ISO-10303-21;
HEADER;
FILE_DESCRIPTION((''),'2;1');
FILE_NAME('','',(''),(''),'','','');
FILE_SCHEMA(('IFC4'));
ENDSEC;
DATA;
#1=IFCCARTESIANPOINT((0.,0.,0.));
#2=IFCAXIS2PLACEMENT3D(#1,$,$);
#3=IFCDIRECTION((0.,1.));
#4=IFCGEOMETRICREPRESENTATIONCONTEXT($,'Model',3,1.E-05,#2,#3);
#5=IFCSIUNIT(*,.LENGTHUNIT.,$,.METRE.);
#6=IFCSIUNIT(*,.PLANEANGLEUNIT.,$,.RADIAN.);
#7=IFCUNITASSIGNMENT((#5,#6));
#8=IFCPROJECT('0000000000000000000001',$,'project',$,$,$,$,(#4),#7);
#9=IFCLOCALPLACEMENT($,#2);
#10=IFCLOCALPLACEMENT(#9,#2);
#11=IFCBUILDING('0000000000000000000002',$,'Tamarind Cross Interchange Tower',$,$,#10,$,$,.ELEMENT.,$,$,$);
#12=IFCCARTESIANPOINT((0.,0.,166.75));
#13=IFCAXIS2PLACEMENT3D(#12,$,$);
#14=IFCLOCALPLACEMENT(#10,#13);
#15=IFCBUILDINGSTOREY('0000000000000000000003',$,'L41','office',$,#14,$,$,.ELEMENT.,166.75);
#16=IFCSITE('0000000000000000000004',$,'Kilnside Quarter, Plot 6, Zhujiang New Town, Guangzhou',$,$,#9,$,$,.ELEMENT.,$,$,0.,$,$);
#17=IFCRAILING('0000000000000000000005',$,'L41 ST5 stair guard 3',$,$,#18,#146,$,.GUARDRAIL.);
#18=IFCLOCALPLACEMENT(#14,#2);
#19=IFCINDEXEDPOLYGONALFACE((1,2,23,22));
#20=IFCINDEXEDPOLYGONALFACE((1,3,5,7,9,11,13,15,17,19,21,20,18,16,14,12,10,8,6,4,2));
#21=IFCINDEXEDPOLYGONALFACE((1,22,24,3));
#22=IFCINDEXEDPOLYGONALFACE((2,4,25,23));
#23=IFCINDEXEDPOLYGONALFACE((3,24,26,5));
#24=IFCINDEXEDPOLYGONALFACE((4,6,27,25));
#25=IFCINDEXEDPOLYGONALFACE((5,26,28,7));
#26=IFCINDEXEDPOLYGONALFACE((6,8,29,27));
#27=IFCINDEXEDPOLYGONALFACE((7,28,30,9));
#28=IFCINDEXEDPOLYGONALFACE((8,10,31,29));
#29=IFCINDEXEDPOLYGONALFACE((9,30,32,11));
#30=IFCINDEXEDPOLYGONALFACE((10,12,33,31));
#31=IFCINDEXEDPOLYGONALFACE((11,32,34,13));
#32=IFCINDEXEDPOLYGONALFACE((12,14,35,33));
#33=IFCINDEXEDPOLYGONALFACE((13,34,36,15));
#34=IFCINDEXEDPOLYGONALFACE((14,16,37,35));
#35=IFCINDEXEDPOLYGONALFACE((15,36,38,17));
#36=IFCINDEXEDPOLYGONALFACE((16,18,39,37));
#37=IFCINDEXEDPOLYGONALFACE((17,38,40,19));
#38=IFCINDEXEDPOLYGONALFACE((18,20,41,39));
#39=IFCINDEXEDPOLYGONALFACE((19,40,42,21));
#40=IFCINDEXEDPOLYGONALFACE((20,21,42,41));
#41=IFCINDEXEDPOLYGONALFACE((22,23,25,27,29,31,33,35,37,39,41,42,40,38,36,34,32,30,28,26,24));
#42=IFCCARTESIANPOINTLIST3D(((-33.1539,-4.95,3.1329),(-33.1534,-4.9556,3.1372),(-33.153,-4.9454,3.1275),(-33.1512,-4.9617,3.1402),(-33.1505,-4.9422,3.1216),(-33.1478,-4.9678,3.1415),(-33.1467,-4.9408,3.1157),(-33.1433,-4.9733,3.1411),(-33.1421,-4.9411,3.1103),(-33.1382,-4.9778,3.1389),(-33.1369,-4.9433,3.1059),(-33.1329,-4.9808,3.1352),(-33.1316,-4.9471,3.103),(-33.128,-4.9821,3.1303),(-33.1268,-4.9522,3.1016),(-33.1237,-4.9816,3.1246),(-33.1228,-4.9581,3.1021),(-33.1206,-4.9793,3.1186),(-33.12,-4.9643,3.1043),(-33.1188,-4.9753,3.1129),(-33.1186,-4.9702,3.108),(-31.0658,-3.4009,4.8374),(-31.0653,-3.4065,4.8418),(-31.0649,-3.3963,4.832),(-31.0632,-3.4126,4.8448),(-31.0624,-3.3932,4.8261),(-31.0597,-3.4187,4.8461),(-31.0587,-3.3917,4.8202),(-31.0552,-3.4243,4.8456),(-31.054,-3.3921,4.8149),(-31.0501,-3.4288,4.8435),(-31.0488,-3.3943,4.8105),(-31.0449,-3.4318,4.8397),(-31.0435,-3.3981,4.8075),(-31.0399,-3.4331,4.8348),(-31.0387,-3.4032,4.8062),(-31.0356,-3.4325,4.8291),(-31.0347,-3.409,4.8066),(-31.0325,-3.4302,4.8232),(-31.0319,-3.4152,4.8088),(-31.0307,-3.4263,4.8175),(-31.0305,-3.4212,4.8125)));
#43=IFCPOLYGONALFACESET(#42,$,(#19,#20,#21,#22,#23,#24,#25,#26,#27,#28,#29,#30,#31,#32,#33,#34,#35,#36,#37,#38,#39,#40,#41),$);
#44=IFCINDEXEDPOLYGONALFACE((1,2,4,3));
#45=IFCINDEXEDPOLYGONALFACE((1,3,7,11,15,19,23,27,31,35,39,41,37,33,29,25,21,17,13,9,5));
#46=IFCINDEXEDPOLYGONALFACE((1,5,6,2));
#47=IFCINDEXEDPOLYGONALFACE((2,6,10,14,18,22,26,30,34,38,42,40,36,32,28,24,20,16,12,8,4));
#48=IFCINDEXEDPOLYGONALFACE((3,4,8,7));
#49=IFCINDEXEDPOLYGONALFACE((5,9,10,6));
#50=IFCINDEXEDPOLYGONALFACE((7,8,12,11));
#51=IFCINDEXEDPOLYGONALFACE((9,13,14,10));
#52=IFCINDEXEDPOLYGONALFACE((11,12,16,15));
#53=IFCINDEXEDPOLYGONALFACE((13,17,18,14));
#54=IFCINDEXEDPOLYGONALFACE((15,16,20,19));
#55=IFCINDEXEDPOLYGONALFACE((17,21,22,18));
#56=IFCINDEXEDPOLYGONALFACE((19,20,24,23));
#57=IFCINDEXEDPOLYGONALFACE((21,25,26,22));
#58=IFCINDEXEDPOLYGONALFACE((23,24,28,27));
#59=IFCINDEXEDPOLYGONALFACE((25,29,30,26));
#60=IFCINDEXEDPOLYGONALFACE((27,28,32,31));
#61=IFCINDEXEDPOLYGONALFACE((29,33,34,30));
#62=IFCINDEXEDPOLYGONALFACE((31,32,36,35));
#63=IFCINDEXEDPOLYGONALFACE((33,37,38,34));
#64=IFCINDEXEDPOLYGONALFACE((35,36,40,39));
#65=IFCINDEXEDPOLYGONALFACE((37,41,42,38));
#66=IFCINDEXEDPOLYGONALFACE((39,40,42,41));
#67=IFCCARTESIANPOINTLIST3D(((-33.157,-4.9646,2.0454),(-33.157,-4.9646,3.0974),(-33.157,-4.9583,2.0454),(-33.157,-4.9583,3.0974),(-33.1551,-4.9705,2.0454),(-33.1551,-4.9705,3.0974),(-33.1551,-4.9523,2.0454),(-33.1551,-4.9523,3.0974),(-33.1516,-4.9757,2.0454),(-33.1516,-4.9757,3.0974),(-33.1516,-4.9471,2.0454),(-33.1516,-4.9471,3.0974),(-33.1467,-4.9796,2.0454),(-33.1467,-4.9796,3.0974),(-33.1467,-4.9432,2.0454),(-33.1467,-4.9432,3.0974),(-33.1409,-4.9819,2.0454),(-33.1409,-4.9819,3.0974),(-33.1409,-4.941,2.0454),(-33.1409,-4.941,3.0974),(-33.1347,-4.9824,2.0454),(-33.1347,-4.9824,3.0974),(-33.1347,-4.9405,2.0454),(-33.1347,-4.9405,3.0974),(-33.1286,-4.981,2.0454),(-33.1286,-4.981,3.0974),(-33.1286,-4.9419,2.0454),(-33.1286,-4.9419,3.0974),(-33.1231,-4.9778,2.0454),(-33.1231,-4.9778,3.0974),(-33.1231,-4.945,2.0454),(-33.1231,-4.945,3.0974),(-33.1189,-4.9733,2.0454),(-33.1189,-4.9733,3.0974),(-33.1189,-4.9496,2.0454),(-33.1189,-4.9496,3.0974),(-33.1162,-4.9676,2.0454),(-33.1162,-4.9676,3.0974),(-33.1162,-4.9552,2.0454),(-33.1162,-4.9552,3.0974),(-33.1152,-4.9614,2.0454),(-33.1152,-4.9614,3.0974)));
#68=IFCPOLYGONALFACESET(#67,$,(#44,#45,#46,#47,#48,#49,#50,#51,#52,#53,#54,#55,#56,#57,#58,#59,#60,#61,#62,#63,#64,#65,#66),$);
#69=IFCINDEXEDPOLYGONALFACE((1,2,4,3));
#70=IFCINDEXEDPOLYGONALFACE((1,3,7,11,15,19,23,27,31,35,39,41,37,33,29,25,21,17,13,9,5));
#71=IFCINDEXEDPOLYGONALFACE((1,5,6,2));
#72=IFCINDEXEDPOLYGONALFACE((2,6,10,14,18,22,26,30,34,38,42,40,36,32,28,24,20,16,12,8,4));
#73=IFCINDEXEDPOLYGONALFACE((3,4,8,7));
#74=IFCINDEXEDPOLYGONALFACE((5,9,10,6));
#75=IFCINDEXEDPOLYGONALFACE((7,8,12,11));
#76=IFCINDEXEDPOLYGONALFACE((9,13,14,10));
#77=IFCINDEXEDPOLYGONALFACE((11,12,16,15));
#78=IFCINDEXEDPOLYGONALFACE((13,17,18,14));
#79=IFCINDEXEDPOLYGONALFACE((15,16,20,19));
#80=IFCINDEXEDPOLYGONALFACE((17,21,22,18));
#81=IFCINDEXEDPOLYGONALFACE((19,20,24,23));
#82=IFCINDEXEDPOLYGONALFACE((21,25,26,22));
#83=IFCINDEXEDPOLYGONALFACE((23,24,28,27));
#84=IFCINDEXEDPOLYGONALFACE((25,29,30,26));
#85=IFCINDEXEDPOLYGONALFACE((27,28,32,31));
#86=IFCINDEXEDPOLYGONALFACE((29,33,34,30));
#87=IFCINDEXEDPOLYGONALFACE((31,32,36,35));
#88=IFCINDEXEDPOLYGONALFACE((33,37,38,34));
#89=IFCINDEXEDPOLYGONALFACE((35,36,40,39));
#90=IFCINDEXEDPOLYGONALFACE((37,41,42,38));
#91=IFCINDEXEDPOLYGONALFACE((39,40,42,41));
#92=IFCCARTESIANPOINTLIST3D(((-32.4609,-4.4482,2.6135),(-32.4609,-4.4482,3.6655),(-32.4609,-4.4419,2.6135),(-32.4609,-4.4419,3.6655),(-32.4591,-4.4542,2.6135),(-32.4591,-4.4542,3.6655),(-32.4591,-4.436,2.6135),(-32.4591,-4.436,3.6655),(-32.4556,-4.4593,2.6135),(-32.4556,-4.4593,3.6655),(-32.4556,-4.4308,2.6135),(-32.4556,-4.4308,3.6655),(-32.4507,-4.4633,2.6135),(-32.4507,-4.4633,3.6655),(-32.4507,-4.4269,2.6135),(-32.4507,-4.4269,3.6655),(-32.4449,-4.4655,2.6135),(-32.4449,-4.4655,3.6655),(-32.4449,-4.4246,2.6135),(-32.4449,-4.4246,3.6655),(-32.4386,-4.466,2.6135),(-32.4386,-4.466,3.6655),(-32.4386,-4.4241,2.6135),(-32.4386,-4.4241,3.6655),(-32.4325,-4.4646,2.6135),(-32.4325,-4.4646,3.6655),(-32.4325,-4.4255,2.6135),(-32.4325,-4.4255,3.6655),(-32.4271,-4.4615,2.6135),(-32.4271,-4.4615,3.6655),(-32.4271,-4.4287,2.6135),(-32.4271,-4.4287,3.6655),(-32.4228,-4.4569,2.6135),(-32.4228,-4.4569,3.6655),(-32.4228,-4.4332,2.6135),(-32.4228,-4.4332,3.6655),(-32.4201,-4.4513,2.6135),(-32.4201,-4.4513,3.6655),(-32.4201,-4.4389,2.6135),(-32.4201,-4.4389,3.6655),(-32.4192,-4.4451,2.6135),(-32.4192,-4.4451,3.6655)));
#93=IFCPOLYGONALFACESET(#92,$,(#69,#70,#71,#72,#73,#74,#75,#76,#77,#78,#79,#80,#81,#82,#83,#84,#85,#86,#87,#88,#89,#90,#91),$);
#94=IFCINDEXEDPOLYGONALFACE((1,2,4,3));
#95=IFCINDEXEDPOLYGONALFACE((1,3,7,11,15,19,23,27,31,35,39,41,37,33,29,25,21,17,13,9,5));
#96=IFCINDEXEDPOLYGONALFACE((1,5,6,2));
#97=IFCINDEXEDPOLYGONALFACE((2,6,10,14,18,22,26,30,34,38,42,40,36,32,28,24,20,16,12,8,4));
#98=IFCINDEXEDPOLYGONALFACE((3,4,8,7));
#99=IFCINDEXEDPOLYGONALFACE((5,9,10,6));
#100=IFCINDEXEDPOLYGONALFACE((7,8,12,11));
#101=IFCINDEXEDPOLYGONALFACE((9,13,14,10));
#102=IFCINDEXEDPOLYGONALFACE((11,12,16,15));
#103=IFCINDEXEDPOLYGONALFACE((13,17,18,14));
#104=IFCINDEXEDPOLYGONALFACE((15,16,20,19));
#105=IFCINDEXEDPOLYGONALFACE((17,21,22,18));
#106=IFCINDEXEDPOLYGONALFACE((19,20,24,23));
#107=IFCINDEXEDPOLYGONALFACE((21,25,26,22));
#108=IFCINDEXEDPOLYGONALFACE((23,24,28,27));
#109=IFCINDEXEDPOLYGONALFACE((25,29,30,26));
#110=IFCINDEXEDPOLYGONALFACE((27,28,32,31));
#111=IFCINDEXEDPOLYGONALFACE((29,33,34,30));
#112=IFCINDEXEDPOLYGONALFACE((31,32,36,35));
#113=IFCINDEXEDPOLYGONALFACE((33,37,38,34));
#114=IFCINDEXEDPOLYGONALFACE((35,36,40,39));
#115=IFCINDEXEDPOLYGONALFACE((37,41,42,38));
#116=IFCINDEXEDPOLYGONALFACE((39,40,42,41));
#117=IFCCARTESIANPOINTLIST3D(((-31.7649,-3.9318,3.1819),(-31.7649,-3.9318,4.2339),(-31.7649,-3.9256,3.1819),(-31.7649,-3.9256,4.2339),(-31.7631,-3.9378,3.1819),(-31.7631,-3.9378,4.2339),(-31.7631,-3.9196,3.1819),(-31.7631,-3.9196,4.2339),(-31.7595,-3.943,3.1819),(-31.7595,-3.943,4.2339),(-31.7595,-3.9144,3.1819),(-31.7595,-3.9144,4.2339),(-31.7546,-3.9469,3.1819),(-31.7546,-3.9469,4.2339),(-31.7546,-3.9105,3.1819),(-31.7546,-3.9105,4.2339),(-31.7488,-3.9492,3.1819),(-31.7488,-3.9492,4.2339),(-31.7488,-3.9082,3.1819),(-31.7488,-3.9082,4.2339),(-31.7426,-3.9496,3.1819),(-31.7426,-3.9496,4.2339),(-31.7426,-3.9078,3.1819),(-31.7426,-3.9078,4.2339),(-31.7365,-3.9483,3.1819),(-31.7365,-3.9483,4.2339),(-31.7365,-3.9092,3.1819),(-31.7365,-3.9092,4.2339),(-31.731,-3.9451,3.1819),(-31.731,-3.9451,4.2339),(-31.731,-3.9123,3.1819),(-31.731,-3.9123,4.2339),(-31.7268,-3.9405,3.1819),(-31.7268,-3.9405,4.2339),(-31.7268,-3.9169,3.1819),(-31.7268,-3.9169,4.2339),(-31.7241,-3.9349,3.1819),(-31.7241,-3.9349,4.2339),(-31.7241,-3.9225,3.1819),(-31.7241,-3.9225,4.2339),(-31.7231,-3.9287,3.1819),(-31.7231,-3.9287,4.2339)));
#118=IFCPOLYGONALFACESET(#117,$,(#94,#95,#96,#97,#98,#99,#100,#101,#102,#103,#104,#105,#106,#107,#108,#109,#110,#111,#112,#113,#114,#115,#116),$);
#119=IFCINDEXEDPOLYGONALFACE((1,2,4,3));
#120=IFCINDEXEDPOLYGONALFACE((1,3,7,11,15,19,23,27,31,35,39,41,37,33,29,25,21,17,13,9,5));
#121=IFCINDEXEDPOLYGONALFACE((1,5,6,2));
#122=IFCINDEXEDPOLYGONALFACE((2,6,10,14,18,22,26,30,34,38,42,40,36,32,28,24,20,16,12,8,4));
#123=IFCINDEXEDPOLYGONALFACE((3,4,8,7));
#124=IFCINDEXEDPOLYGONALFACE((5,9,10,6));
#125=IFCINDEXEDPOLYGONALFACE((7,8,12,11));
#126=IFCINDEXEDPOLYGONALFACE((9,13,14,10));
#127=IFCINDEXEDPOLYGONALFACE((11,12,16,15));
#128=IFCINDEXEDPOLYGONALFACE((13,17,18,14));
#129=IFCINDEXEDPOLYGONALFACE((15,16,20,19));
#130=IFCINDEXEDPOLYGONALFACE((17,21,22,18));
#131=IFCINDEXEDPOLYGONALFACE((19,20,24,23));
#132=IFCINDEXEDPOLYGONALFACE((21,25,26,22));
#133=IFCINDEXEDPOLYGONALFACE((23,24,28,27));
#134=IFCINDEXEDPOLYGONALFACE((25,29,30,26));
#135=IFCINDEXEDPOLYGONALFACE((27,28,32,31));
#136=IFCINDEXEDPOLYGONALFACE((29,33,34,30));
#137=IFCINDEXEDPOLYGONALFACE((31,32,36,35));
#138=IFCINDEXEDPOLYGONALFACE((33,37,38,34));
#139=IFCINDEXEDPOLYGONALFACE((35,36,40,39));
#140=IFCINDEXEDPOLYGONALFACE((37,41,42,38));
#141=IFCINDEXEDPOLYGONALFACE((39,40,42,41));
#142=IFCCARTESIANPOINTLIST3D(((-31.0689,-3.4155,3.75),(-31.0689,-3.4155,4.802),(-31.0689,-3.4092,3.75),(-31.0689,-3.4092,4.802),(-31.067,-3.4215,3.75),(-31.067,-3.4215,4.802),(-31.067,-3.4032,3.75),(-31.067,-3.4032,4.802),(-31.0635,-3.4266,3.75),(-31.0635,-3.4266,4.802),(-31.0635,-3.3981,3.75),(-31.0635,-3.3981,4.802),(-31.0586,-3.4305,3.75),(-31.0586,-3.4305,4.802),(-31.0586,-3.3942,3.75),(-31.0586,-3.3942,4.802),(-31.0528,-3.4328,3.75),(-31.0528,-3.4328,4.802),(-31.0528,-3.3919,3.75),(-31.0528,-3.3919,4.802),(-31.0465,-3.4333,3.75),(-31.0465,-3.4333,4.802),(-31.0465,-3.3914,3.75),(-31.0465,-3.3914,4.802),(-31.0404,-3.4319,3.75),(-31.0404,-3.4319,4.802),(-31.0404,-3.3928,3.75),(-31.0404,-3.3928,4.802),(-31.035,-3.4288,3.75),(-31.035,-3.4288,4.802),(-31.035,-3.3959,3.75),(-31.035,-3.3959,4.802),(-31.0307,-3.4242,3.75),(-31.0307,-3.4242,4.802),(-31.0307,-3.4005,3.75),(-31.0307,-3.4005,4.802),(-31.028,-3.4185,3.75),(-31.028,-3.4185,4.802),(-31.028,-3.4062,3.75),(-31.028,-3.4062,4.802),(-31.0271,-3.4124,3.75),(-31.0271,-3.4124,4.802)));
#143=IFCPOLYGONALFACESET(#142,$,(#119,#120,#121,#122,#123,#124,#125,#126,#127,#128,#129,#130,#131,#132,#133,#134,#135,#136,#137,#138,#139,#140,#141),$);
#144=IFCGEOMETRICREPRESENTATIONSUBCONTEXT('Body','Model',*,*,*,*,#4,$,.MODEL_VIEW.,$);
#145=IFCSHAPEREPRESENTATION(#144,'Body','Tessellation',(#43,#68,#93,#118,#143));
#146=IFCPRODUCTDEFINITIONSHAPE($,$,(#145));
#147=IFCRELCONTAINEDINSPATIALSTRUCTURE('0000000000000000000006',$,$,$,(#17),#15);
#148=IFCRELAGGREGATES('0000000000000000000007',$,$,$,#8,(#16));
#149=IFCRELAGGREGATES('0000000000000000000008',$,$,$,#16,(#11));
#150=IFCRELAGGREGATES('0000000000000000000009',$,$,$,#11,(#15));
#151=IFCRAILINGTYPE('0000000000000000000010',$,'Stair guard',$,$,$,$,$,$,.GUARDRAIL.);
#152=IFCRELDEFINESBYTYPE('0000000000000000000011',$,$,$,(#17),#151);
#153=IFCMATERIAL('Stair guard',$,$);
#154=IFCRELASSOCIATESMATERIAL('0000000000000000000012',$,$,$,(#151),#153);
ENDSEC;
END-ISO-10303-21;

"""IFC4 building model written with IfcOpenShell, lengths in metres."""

from ifc_helpers import new_model, si_unit, direction, frame, origin, origin_2d, place, context, subcontext, project, spatial, circle, extrude, material, type_object, element, save


model = new_model("IFC4")

# Units and contexts
model_context = context("Model", 3, precision=1e-05, world=origin(), true_north=direction((0.0, 1.0)))
body_context = subcontext(model_context, "Body", "Model", "MODEL_VIEW")
ifc_project = project(units=[si_unit("LENGTHUNIT", "METRE"), si_unit("PLANEANGLEUNIT", "RADIAN")], contexts=[model_context])

# Site, building, storey
site_placement = place(None, origin())
site = spatial("IfcSite", under=ifc_project, at=site_placement, Name="Kilnside Quarter, Plot 6, Zhujiang New Town, Guangzhou", CompositionType="ELEMENT", RefElevation=0.0)
building_placement = place(site_placement, origin())
building = spatial("IfcBuilding", under=site, at=building_placement, Name="Tamarind Cross Interchange Tower", CompositionType="ELEMENT")
storey_placement = place(building_placement, frame((0.0, 0.0, 166.75)))
storey = spatial("IfcBuildingStorey", under=building, at=storey_placement, Name="L41", Description="office", CompositionType="ELEMENT", Elevation=166.75)

# Railing
ifc_material_1 = material(Name="Stair guard")
railing_type_1 = type_object("IfcRailingType", Name="Stair guard", PredefinedType="GUARDRAIL", material=ifc_material_1)
railing_1_placement = place(storey_placement, frame((-33.1362, -4.9614, 2.0454)))
element("IfcRailing", 1, at=railing_1_placement, inside=storey, type_object=railing_type_1, Name="L41 ST5 stair guard 3", PredefinedType="GUARDRAIL", context=body_context, shape_type="SweptSolid", body=[
    extrude(circle(Radius=0.0239, at=origin_2d()), frame((0.0, 0.0, 1.0762), z_axis=(0.671653, 0.498263, 0.548285), x_axis=(-0.5958, 0.803133, 0.0)), (0.0, 0.0, 1.0), 3.1089),
    extrude(circle(Radius=0.021, at=origin_2d()), origin(), (0.0, 0.0, 1.0), 1.052),
    extrude(circle(Radius=0.021, at=origin_2d()), frame((0.696, 0.5164, 0.5681)), (0.0, 0.0, 1.0), 1.052),
    extrude(circle(Radius=0.021, at=origin_2d()), frame((1.3921, 1.0327, 1.1365)), (0.0, 0.0, 1.0), 1.052),
    extrude(circle(Radius=0.021, at=origin_2d()), frame((2.0881, 1.5491, 1.7046)), (0.0, 0.0, 1.0), 1.052),
])

save(model, "model.ifc")
